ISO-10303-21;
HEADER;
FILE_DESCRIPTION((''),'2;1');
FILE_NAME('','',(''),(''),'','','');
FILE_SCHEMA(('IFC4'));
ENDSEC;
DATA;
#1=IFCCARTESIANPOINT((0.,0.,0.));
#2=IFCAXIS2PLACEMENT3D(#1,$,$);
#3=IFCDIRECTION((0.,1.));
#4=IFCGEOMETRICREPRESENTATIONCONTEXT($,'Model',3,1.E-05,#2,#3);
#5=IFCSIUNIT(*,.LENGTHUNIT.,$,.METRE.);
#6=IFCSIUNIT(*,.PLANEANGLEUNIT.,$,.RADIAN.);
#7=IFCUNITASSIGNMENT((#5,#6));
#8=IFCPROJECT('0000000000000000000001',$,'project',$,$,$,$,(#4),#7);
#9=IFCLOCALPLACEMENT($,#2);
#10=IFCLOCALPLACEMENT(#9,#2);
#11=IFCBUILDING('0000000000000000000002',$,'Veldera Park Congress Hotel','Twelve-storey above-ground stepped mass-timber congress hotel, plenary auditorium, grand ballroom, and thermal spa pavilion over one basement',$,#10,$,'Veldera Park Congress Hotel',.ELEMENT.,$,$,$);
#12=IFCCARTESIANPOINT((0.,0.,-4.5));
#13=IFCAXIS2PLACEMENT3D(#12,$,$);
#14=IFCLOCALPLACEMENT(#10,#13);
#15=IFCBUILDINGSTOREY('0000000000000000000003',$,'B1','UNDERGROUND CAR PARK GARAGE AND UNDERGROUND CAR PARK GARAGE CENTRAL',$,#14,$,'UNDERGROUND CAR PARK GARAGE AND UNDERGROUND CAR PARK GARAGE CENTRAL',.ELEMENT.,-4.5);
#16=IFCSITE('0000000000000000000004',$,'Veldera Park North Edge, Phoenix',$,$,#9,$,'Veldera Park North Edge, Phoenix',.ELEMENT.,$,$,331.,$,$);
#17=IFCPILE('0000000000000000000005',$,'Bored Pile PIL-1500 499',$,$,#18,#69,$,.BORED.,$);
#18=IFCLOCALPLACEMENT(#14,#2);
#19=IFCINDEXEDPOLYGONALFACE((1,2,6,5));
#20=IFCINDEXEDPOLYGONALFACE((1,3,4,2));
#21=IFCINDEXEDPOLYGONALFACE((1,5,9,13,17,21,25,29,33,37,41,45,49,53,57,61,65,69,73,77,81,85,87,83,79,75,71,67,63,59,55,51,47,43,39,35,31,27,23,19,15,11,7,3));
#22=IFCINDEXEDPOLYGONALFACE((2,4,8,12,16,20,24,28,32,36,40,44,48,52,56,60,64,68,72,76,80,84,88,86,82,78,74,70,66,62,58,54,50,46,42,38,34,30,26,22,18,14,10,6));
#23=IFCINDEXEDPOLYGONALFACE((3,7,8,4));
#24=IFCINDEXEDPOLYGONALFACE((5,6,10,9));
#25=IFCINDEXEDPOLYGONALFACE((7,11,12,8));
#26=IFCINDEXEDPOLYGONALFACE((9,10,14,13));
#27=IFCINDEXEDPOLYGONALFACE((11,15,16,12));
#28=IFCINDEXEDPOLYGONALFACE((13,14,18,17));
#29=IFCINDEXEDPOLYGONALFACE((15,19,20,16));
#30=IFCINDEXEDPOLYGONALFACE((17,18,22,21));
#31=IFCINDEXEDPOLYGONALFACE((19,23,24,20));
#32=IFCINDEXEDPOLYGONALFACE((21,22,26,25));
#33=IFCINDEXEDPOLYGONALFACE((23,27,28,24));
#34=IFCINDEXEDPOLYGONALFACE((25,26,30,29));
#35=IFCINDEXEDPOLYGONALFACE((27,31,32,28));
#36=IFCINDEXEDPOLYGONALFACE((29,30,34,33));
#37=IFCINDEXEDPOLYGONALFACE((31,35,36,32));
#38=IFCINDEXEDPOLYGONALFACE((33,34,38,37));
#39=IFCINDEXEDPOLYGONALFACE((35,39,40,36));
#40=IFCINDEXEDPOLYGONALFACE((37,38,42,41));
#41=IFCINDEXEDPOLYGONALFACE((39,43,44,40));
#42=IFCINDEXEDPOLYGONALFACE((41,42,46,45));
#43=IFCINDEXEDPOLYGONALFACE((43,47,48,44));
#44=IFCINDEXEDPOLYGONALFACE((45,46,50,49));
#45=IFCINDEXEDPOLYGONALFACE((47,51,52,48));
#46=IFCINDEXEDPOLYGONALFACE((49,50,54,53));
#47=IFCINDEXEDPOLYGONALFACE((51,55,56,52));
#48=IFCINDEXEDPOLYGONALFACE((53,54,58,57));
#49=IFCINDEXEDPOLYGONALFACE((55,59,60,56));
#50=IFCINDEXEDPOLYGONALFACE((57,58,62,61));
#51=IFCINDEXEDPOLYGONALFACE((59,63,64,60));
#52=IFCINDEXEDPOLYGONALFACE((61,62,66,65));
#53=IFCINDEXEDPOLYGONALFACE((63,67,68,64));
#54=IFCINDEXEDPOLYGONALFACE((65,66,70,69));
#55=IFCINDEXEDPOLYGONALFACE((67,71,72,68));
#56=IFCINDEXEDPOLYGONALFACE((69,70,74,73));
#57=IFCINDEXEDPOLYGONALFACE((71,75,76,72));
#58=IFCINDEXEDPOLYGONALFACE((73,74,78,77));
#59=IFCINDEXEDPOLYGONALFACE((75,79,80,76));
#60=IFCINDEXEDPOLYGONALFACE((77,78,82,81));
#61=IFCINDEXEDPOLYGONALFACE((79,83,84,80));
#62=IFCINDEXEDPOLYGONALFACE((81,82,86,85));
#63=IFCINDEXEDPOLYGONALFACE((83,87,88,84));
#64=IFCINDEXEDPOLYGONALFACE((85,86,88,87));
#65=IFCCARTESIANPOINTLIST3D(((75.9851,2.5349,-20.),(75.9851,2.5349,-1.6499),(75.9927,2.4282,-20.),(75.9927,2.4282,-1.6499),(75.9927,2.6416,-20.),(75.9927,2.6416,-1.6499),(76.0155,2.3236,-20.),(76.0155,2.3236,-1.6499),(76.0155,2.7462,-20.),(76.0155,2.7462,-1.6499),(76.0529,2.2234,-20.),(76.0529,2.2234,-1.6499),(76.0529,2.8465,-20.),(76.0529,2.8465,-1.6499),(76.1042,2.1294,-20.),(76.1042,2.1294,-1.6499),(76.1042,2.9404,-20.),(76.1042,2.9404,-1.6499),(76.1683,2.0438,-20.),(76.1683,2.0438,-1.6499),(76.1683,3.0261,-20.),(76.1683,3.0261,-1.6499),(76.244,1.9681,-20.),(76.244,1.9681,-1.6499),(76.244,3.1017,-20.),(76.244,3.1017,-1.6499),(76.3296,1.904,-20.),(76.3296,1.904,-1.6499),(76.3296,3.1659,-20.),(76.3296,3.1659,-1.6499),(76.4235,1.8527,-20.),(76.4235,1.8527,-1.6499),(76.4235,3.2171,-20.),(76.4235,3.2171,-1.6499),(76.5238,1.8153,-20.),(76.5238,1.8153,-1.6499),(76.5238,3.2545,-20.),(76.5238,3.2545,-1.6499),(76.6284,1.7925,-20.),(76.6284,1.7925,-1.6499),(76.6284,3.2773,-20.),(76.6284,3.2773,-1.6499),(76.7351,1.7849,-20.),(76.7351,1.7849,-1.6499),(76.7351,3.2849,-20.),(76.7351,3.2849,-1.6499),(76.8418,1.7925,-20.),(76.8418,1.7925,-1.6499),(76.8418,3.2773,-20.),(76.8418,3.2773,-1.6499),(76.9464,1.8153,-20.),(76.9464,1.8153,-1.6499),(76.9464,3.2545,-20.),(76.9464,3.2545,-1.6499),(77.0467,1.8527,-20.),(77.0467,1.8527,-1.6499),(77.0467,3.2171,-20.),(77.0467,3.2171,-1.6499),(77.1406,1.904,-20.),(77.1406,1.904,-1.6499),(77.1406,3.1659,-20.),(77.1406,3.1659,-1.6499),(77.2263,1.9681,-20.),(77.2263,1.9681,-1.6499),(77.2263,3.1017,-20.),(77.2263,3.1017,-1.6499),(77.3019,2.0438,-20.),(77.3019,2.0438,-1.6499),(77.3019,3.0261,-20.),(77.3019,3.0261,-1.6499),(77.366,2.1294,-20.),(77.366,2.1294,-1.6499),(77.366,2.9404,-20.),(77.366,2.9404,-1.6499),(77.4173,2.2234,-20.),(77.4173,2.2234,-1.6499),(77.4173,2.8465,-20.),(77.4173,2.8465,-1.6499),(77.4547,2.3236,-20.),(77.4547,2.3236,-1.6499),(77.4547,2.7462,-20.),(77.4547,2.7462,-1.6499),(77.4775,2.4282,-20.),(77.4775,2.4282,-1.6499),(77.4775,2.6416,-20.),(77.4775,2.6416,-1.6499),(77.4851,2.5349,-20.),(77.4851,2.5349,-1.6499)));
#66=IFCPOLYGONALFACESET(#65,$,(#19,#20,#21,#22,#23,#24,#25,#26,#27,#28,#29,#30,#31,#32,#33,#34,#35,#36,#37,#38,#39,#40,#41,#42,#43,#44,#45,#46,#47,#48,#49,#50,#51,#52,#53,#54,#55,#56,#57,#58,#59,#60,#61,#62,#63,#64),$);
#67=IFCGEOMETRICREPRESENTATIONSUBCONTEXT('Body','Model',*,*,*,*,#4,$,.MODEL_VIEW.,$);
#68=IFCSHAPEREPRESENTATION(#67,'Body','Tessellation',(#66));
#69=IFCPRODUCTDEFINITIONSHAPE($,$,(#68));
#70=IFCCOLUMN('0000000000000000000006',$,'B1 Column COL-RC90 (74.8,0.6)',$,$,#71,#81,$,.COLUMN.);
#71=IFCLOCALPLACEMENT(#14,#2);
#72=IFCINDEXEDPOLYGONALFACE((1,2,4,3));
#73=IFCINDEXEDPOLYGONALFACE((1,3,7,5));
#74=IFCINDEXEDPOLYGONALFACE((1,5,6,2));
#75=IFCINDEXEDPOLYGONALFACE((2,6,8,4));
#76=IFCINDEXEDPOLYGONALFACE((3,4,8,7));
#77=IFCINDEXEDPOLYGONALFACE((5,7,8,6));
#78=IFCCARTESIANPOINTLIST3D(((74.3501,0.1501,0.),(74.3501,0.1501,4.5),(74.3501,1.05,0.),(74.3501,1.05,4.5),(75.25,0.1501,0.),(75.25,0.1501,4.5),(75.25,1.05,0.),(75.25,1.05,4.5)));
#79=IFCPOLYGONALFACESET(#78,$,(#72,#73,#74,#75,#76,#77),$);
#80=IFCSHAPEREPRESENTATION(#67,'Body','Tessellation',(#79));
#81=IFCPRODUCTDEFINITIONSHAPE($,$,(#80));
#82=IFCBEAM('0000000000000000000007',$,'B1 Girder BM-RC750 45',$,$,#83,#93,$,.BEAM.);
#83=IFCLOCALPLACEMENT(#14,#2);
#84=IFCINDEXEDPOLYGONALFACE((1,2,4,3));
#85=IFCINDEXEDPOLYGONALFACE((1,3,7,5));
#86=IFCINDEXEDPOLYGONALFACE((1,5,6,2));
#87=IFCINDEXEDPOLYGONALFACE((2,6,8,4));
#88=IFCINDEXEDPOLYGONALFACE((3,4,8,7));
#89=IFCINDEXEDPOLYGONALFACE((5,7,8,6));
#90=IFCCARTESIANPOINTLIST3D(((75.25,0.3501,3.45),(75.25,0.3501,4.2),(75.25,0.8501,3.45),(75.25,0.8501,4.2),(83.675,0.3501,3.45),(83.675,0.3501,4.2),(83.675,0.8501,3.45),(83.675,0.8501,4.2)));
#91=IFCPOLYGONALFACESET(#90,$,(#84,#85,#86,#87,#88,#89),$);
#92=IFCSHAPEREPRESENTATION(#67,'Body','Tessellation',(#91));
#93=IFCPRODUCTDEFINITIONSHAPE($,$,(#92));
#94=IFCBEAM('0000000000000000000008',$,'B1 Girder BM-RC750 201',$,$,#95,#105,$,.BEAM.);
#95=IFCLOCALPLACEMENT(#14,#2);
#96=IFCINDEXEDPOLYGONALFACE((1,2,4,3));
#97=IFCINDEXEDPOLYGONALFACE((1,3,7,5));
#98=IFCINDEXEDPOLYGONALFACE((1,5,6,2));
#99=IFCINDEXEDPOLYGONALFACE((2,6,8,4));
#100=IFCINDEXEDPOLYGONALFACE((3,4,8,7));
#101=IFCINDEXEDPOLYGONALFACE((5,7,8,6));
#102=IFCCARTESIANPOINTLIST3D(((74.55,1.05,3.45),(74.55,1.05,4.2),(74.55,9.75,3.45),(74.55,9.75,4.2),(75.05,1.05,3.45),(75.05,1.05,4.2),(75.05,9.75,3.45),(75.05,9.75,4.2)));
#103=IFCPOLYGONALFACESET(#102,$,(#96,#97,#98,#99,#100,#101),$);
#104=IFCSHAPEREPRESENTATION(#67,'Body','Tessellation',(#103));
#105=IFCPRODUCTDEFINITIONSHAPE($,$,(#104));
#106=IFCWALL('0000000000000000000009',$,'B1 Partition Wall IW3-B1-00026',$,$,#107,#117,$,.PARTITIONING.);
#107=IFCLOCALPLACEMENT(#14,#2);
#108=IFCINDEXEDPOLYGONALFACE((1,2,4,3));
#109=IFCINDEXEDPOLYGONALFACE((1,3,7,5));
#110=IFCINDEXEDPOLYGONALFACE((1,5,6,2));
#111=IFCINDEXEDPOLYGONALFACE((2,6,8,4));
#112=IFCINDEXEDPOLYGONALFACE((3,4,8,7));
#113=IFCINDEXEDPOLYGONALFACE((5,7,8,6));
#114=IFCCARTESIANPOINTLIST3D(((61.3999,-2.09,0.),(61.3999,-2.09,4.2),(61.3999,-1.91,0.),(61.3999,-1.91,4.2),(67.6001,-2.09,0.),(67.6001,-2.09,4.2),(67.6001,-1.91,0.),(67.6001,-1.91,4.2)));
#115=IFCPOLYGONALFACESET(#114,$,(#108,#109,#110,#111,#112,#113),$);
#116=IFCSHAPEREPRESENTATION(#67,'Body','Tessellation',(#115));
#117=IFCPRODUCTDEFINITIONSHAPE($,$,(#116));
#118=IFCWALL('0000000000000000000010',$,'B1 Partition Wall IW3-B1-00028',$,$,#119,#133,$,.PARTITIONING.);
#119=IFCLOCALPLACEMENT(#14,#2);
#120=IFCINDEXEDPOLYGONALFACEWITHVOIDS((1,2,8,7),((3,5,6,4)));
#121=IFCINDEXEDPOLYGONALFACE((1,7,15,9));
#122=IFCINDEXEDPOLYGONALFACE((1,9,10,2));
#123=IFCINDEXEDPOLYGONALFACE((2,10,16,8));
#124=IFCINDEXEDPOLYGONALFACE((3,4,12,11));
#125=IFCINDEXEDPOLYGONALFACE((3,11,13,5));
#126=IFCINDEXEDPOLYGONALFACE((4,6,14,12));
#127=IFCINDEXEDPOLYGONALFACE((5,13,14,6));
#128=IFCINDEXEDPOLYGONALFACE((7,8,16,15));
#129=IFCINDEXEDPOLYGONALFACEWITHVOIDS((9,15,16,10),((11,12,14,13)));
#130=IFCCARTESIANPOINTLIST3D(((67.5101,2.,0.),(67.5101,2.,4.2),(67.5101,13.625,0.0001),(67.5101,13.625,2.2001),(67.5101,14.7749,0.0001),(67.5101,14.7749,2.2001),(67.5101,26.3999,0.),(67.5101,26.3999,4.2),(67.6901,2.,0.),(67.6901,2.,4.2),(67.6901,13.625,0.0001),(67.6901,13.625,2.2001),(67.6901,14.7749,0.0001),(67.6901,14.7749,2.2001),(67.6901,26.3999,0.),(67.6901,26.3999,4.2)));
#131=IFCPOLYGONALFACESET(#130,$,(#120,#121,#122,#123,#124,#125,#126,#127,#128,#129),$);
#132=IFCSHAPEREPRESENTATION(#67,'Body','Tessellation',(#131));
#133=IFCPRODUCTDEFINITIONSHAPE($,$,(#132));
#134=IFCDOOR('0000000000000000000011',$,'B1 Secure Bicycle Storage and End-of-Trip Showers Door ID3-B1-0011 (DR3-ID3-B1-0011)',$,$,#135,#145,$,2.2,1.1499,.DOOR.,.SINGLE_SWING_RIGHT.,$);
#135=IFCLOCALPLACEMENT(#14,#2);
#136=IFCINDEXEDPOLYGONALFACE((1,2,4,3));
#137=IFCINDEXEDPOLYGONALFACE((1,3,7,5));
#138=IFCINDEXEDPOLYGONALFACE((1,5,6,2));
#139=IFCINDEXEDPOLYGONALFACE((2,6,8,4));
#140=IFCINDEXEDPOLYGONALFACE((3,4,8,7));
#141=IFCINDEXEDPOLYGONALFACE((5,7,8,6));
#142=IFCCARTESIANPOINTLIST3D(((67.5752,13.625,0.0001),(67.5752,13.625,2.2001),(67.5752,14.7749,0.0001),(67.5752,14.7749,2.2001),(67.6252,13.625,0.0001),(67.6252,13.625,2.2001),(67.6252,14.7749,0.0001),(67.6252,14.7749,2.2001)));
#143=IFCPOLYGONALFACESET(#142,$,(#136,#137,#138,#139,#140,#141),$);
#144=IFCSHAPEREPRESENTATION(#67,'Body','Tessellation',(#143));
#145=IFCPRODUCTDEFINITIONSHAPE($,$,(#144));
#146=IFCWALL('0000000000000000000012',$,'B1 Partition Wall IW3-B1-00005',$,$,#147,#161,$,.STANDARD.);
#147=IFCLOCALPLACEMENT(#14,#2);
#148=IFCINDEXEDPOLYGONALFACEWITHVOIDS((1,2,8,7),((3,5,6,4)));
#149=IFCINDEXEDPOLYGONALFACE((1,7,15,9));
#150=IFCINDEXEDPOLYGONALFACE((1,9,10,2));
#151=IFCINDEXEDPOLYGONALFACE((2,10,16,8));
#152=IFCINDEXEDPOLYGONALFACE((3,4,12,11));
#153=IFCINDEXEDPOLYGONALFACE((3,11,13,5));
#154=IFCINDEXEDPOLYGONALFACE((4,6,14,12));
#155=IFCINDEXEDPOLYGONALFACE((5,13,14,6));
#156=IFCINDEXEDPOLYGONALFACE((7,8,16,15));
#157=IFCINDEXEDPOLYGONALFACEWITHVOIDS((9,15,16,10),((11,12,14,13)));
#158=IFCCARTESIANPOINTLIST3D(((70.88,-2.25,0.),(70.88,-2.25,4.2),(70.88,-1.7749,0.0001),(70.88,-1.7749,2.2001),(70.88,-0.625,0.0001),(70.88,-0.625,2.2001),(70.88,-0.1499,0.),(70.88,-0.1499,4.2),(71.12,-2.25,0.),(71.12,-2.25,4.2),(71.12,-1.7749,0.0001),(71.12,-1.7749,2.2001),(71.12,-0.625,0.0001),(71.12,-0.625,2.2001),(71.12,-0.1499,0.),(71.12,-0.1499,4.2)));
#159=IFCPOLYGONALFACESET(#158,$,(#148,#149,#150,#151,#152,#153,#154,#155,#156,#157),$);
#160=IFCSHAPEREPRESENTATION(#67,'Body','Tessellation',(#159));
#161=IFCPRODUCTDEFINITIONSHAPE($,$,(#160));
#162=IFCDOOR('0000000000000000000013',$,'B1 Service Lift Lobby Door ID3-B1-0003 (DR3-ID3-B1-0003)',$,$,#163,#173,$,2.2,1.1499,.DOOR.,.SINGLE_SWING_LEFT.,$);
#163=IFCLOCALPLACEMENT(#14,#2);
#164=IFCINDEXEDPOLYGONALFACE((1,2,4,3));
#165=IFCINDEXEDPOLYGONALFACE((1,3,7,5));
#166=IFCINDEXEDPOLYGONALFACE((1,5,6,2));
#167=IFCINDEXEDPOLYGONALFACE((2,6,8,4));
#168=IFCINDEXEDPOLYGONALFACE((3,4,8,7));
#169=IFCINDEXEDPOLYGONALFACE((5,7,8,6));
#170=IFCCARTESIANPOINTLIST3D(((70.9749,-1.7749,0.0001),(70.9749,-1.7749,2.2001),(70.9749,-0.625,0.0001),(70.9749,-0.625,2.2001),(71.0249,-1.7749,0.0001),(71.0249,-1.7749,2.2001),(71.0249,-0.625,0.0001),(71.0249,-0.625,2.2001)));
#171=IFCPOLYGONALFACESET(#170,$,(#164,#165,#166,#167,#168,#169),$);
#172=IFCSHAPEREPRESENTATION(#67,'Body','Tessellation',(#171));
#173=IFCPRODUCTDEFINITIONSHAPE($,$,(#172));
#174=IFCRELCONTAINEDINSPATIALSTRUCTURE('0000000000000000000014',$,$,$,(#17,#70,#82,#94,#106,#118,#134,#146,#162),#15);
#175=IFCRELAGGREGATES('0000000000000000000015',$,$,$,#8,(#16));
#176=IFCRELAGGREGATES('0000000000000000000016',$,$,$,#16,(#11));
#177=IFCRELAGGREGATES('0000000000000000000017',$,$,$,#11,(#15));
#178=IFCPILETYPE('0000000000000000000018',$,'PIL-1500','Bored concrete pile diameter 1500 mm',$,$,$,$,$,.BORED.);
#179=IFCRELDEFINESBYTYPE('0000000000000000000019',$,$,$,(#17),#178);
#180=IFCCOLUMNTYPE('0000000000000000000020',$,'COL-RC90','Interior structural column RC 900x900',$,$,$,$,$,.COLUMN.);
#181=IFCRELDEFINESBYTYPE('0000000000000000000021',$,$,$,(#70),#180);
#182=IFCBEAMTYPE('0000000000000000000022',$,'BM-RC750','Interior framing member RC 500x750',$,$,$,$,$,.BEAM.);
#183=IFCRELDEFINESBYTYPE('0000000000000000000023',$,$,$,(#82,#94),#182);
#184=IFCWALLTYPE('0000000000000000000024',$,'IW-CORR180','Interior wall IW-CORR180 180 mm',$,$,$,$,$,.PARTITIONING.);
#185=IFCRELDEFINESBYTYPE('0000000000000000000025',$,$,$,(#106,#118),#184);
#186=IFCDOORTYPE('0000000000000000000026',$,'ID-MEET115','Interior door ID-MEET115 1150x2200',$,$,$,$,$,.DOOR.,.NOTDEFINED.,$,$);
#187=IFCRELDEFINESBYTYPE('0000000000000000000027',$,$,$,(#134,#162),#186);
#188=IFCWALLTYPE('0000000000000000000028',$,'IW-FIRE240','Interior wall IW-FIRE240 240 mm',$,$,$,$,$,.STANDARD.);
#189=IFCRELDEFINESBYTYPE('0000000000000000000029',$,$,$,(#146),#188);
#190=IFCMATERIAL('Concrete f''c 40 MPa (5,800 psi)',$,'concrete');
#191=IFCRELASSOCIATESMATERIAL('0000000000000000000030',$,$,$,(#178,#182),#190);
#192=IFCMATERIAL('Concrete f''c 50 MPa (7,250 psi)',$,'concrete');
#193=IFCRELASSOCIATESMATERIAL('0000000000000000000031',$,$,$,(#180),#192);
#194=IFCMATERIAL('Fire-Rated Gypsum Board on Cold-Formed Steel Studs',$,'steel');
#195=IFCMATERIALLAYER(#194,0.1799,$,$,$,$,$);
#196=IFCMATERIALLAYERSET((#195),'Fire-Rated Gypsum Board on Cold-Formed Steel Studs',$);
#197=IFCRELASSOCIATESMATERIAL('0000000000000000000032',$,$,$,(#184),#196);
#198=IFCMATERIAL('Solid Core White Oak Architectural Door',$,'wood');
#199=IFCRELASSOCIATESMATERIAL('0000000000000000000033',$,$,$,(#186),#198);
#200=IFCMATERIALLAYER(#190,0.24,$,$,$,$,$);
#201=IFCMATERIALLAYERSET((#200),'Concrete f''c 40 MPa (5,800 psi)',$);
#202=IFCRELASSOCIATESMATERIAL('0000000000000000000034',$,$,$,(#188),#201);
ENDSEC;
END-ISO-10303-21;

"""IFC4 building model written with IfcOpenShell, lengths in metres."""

from ifc_helpers import new_model, si_unit, direction, frame, frame_2d, origin, origin_2d, place, context, subcontext, project, spatial, rectangle, circle, extrude, material, layer, layer_set, material_profile, profile_set, type_object, element, fill, save


model = new_model("IFC4")

# Units and contexts
model_context = context("Model", 3, precision=1e-05, world=origin(), true_north=direction((0.0, 1.0)))
body_context = subcontext(model_context, "Body", "Model", "MODEL_VIEW")
ifc_project = project(units=[si_unit("LENGTHUNIT", "METRE"), si_unit("PLANEANGLEUNIT", "RADIAN")], contexts=[model_context])

# Site, building, storey
site_placement = place(None, origin())
site = spatial("IfcSite", under=ifc_project, at=site_placement, Name="Veldera Park North Edge, Phoenix", LongName="Veldera Park North Edge, Phoenix", CompositionType="ELEMENT", RefElevation=331.0)
building_placement = place(site_placement, origin())
building = spatial("IfcBuilding", under=site, at=building_placement, Name="Veldera Park Congress Hotel", Description="Twelve-storey above-ground stepped mass-timber congress hotel, plenary auditorium, grand ballroom, and thermal spa pavilion over one basement", LongName="Veldera Park Congress Hotel", CompositionType="ELEMENT")
storey_placement = place(building_placement, frame((0.0, 0.0, -4.5)))
storey = spatial("IfcBuildingStorey", under=building, at=storey_placement, Name="B1", Description="UNDERGROUND CAR PARK GARAGE AND UNDERGROUND CAR PARK GARAGE CENTRAL", LongName="UNDERGROUND CAR PARK GARAGE AND UNDERGROUND CAR PARK GARAGE CENTRAL", CompositionType="ELEMENT", Elevation=-4.5)

# Shared definitions
ifc_material_1 = material(Name="Concrete f'c 40 MPa (5,800 psi)", Category="concrete")

# Pile
ifc_material_profile_1 = material_profile(ifc_material_1, circle(Radius=0.75, at=origin_2d()), Name="PILE D1500")
ifc_profile_set_1 = profile_set([ifc_material_profile_1], Name="Concrete f'c 40 MPa (5,800 psi)")
pile_type = type_object("IfcPileType", Name="PIL-1500", Description="Bored concrete pile diameter 1500 mm", PredefinedType="BORED", material=ifc_profile_set_1)
for number, where, z_axis, x_axis, name in (
    (1, (76.7351, 2.5349, -1.6499), (0.0, 0.0, -1.0), (1.0, 0.0, 0.0), "Bored Pile PIL-1500 499"),
):
    element("IfcPile", number, at=place(storey_placement, frame(where, z_axis=z_axis, x_axis=x_axis)), inside=storey, type_object=pile_type, Name=name, PredefinedType="BORED", context=body_context, shape_type="SweptSolid", body=[
        extrude(circle(Radius=0.75, at=origin_2d()), origin(), (0.0, 0.0, 1.0), 18.3501),
    ])

# Column
ifc_material_2 = material(Name="Concrete f'c 50 MPa (7,250 psi)", Category="concrete")
ifc_material_profile_2 = material_profile(ifc_material_2, rectangle(XDim=0.8999, YDim=0.8999, at=origin_2d()), Name="RC 900x900")
ifc_profile_set_2 = profile_set([ifc_material_profile_2], Name="Concrete f'c 50 MPa (7,250 psi)")
column_type = type_object("IfcColumnType", Name="COL-RC90", Description="Interior structural column RC 900x900", PredefinedType="COLUMN", material=ifc_profile_set_2)
column_placement = place(storey_placement, frame((74.8, 0.6001, 0.0), z_axis=(0.0, 0.0, 1.0), x_axis=(1.0, 0.0, 0.0)))
element("IfcColumn", 2, at=column_placement, inside=storey, type_object=column_type, Name="B1 Column COL-RC90 (74.8,0.6)", PredefinedType="COLUMN", context=body_context, shape_type="SweptSolid", body=[
    extrude(rectangle(XDim=0.8999, YDim=0.8999, at=origin_2d()), origin(), (0.0, 0.0, 1.0), 4.5),
])

# Beams
ifc_material_profile_3 = material_profile(ifc_material_1, rectangle(XDim=0.5, YDim=0.75, at=origin_2d()), Name="RC 500x750")
ifc_profile_set_3 = profile_set([ifc_material_profile_3], Name="Concrete f'c 40 MPa (5,800 psi)")
beam_type = type_object("IfcBeamType", Name="BM-RC750", Description="Interior framing member RC 500x750", PredefinedType="BEAM", material=ifc_profile_set_3)
beam_1_placement = place(storey_placement, frame((75.25, 0.6001, 3.825), z_axis=(1.0, 0.0, 0.0), x_axis=(0.0, 1.0, 0.0)))
element("IfcBeam", 3, at=beam_1_placement, inside=storey, type_object=beam_type, Name="B1 Girder BM-RC750 45", PredefinedType="BEAM", context=body_context, shape_type="SweptSolid", body=[
    extrude(rectangle(XDim=0.5, YDim=0.75, at=origin_2d()), origin(), (0.0, 0.0, 1.0), 8.425),
])
beam_2_placement = place(storey_placement, frame((74.8, 1.05, 3.825), z_axis=(0.0, 1.0, 0.0), x_axis=(-1.0, 0.0, 0.0)))
element("IfcBeam", 4, at=beam_2_placement, inside=storey, type_object=beam_type, Name="B1 Girder BM-RC750 201", PredefinedType="BEAM", context=body_context, shape_type="SweptSolid", body=[
    extrude(rectangle(XDim=0.5, YDim=0.75, at=origin_2d()), origin(), (0.0, 0.0, 1.0), 8.7),
])

# Wall
ifc_material_3 = material(Name="Fire-Rated Gypsum Board on Cold-Formed Steel Studs", Category="steel")
ifc_layer_1 = layer(ifc_material_3, 0.1799)
ifc_layer_set_1 = layer_set([ifc_layer_1], Name="Fire-Rated Gypsum Board on Cold-Formed Steel Studs")
wall_type_1 = type_object("IfcWallType", Name="IW-CORR180", Description="Interior wall IW-CORR180 180 mm", PredefinedType="PARTITIONING", material=ifc_layer_set_1)
wall_1_placement = place(storey_placement, frame((67.6001, -2.0, 0.0), z_axis=(0.0, 0.0, 1.0), x_axis=(-1.0, 0.0, 0.0)))
element("IfcWall", 5, at=wall_1_placement, inside=storey, type_object=wall_type_1, Name="B1 Partition Wall IW3-B1-00026", PredefinedType="PARTITIONING", context=body_context, shape_type="SweptSolid", body=[
    extrude(rectangle(XDim=6.2002, YDim=0.1799, at=frame_2d((3.1001, 0.0))), origin(), (0.0, 0.0, 1.0), 4.2),
])

# Walls, openings, doors
wall_2_placement = place(storey_placement, frame((67.6001, 2.0, 0.0), z_axis=(0.0, 0.0, 1.0), x_axis=(0.0, 1.0, 0.0)))
wall_2 = element("IfcWall", 6, at=wall_2_placement, inside=storey, type_object=wall_type_1, Name="B1 Partition Wall IW3-B1-00028", PredefinedType="PARTITIONING", context=body_context, shape_type="SweptSolid", body=[
    extrude(rectangle(XDim=24.3999, YDim=0.1799, at=frame_2d((12.2, 0.0))), origin(), (0.0, 0.0, 1.0), 4.2),
])
opening_1_placement = place(wall_2_placement, frame((11.625, 0.0, 0.0)))
opening_1 = element("IfcOpeningElement", 7, at=opening_1_placement, cuts=wall_2, PredefinedType="OPENING", context=body_context, shape_type="SweptSolid", body=[
    extrude(rectangle(XDim=1.1499, YDim=2.2, at=frame_2d((0.575, 1.1001))), frame((0.0, 0.1021, 0.0), z_axis=(0.0, -1.0, 0.0), x_axis=(1.0, 0.0, 0.0)), (0.0, 0.0, 1.0), 0.2039),
])
ifc_material_4 = material(Name="Solid Core White Oak Architectural Door", Category="wood")
door_type_1 = type_object("IfcDoorType", Name="ID-MEET115", Description="Interior door ID-MEET115 1150x2200", OperationType="NOTDEFINED", PredefinedType="DOOR", material=ifc_material_4)
door_1_placement = place(opening_1_placement, origin())
door_1 = element("IfcDoor", 8, at=door_1_placement, inside=storey, type_object=door_type_1, Name="B1 Secure Bicycle Storage and End-of-Trip Showers Door ID3-B1-0011 (DR3-ID3-B1-0011)", OperationType="SINGLE_SWING_RIGHT", OverallHeight=2.2, OverallWidth=1.1499, PredefinedType="DOOR", context=body_context, shape_type="SweptSolid", body=[
    extrude(rectangle(XDim=1.1499, YDim=2.2, at=frame_2d((0.575, 1.1001))), frame((0.0, 0.0249, 0.0), z_axis=(0.0, -1.0, 0.0), x_axis=(1.0, 0.0, 0.0)), (0.0, 0.0, 1.0), 0.05),
])
fill(opening_1, door_1)
ifc_layer_2 = layer(ifc_material_1, 0.24)
ifc_layer_set_2 = layer_set([ifc_layer_2], Name="Concrete f'c 40 MPa (5,800 psi)")
wall_type_2 = type_object("IfcWallType", Name="IW-FIRE240", Description="Interior wall IW-FIRE240 240 mm", PredefinedType="STANDARD", material=ifc_layer_set_2)
wall_3_placement = place(storey_placement, frame((71.0, -0.1499, 0.0), z_axis=(0.0, 0.0, 1.0), x_axis=(0.0, -1.0, 0.0)))
wall_3 = element("IfcWall", 9, at=wall_3_placement, inside=storey, type_object=wall_type_2, Name="B1 Partition Wall IW3-B1-00005", PredefinedType="STANDARD", context=body_context, shape_type="SweptSolid", body=[
    extrude(rectangle(XDim=2.1001, YDim=0.24, at=frame_2d((1.05, 0.0))), origin(), (0.0, 0.0, 1.0), 4.2),
])
opening_2_placement = place(wall_3_placement, frame((0.4751, 0.0, 0.0)))
opening_2 = element("IfcOpeningElement", 10, at=opening_2_placement, cuts=wall_3, PredefinedType="OPENING", context=body_context, shape_type="SweptSolid", body=[
    extrude(rectangle(XDim=1.1499, YDim=2.2, at=frame_2d((0.575, 1.1001))), frame((0.0, 0.1321, 0.0), z_axis=(0.0, -1.0, 0.0), x_axis=(1.0, 0.0, 0.0)), (0.0, 0.0, 1.0), 0.2639),
])
door_2_placement = place(opening_2_placement, origin())
door_2 = element("IfcDoor", 11, at=door_2_placement, inside=storey, type_object=door_type_1, Name="B1 Service Lift Lobby Door ID3-B1-0003 (DR3-ID3-B1-0003)", OperationType="SINGLE_SWING_LEFT", OverallHeight=2.2, OverallWidth=1.1499, PredefinedType="DOOR", context=body_context, shape_type="SweptSolid", body=[
    extrude(rectangle(XDim=1.1499, YDim=2.2, at=frame_2d((0.575, 1.1001))), frame((0.0, 0.0249, 0.0), z_axis=(0.0, -1.0, 0.0), x_axis=(1.0, 0.0, 0.0)), (0.0, 0.0, 1.0), 0.05),
])
fill(opening_2, door_2)

save(model, "model.ifc")
